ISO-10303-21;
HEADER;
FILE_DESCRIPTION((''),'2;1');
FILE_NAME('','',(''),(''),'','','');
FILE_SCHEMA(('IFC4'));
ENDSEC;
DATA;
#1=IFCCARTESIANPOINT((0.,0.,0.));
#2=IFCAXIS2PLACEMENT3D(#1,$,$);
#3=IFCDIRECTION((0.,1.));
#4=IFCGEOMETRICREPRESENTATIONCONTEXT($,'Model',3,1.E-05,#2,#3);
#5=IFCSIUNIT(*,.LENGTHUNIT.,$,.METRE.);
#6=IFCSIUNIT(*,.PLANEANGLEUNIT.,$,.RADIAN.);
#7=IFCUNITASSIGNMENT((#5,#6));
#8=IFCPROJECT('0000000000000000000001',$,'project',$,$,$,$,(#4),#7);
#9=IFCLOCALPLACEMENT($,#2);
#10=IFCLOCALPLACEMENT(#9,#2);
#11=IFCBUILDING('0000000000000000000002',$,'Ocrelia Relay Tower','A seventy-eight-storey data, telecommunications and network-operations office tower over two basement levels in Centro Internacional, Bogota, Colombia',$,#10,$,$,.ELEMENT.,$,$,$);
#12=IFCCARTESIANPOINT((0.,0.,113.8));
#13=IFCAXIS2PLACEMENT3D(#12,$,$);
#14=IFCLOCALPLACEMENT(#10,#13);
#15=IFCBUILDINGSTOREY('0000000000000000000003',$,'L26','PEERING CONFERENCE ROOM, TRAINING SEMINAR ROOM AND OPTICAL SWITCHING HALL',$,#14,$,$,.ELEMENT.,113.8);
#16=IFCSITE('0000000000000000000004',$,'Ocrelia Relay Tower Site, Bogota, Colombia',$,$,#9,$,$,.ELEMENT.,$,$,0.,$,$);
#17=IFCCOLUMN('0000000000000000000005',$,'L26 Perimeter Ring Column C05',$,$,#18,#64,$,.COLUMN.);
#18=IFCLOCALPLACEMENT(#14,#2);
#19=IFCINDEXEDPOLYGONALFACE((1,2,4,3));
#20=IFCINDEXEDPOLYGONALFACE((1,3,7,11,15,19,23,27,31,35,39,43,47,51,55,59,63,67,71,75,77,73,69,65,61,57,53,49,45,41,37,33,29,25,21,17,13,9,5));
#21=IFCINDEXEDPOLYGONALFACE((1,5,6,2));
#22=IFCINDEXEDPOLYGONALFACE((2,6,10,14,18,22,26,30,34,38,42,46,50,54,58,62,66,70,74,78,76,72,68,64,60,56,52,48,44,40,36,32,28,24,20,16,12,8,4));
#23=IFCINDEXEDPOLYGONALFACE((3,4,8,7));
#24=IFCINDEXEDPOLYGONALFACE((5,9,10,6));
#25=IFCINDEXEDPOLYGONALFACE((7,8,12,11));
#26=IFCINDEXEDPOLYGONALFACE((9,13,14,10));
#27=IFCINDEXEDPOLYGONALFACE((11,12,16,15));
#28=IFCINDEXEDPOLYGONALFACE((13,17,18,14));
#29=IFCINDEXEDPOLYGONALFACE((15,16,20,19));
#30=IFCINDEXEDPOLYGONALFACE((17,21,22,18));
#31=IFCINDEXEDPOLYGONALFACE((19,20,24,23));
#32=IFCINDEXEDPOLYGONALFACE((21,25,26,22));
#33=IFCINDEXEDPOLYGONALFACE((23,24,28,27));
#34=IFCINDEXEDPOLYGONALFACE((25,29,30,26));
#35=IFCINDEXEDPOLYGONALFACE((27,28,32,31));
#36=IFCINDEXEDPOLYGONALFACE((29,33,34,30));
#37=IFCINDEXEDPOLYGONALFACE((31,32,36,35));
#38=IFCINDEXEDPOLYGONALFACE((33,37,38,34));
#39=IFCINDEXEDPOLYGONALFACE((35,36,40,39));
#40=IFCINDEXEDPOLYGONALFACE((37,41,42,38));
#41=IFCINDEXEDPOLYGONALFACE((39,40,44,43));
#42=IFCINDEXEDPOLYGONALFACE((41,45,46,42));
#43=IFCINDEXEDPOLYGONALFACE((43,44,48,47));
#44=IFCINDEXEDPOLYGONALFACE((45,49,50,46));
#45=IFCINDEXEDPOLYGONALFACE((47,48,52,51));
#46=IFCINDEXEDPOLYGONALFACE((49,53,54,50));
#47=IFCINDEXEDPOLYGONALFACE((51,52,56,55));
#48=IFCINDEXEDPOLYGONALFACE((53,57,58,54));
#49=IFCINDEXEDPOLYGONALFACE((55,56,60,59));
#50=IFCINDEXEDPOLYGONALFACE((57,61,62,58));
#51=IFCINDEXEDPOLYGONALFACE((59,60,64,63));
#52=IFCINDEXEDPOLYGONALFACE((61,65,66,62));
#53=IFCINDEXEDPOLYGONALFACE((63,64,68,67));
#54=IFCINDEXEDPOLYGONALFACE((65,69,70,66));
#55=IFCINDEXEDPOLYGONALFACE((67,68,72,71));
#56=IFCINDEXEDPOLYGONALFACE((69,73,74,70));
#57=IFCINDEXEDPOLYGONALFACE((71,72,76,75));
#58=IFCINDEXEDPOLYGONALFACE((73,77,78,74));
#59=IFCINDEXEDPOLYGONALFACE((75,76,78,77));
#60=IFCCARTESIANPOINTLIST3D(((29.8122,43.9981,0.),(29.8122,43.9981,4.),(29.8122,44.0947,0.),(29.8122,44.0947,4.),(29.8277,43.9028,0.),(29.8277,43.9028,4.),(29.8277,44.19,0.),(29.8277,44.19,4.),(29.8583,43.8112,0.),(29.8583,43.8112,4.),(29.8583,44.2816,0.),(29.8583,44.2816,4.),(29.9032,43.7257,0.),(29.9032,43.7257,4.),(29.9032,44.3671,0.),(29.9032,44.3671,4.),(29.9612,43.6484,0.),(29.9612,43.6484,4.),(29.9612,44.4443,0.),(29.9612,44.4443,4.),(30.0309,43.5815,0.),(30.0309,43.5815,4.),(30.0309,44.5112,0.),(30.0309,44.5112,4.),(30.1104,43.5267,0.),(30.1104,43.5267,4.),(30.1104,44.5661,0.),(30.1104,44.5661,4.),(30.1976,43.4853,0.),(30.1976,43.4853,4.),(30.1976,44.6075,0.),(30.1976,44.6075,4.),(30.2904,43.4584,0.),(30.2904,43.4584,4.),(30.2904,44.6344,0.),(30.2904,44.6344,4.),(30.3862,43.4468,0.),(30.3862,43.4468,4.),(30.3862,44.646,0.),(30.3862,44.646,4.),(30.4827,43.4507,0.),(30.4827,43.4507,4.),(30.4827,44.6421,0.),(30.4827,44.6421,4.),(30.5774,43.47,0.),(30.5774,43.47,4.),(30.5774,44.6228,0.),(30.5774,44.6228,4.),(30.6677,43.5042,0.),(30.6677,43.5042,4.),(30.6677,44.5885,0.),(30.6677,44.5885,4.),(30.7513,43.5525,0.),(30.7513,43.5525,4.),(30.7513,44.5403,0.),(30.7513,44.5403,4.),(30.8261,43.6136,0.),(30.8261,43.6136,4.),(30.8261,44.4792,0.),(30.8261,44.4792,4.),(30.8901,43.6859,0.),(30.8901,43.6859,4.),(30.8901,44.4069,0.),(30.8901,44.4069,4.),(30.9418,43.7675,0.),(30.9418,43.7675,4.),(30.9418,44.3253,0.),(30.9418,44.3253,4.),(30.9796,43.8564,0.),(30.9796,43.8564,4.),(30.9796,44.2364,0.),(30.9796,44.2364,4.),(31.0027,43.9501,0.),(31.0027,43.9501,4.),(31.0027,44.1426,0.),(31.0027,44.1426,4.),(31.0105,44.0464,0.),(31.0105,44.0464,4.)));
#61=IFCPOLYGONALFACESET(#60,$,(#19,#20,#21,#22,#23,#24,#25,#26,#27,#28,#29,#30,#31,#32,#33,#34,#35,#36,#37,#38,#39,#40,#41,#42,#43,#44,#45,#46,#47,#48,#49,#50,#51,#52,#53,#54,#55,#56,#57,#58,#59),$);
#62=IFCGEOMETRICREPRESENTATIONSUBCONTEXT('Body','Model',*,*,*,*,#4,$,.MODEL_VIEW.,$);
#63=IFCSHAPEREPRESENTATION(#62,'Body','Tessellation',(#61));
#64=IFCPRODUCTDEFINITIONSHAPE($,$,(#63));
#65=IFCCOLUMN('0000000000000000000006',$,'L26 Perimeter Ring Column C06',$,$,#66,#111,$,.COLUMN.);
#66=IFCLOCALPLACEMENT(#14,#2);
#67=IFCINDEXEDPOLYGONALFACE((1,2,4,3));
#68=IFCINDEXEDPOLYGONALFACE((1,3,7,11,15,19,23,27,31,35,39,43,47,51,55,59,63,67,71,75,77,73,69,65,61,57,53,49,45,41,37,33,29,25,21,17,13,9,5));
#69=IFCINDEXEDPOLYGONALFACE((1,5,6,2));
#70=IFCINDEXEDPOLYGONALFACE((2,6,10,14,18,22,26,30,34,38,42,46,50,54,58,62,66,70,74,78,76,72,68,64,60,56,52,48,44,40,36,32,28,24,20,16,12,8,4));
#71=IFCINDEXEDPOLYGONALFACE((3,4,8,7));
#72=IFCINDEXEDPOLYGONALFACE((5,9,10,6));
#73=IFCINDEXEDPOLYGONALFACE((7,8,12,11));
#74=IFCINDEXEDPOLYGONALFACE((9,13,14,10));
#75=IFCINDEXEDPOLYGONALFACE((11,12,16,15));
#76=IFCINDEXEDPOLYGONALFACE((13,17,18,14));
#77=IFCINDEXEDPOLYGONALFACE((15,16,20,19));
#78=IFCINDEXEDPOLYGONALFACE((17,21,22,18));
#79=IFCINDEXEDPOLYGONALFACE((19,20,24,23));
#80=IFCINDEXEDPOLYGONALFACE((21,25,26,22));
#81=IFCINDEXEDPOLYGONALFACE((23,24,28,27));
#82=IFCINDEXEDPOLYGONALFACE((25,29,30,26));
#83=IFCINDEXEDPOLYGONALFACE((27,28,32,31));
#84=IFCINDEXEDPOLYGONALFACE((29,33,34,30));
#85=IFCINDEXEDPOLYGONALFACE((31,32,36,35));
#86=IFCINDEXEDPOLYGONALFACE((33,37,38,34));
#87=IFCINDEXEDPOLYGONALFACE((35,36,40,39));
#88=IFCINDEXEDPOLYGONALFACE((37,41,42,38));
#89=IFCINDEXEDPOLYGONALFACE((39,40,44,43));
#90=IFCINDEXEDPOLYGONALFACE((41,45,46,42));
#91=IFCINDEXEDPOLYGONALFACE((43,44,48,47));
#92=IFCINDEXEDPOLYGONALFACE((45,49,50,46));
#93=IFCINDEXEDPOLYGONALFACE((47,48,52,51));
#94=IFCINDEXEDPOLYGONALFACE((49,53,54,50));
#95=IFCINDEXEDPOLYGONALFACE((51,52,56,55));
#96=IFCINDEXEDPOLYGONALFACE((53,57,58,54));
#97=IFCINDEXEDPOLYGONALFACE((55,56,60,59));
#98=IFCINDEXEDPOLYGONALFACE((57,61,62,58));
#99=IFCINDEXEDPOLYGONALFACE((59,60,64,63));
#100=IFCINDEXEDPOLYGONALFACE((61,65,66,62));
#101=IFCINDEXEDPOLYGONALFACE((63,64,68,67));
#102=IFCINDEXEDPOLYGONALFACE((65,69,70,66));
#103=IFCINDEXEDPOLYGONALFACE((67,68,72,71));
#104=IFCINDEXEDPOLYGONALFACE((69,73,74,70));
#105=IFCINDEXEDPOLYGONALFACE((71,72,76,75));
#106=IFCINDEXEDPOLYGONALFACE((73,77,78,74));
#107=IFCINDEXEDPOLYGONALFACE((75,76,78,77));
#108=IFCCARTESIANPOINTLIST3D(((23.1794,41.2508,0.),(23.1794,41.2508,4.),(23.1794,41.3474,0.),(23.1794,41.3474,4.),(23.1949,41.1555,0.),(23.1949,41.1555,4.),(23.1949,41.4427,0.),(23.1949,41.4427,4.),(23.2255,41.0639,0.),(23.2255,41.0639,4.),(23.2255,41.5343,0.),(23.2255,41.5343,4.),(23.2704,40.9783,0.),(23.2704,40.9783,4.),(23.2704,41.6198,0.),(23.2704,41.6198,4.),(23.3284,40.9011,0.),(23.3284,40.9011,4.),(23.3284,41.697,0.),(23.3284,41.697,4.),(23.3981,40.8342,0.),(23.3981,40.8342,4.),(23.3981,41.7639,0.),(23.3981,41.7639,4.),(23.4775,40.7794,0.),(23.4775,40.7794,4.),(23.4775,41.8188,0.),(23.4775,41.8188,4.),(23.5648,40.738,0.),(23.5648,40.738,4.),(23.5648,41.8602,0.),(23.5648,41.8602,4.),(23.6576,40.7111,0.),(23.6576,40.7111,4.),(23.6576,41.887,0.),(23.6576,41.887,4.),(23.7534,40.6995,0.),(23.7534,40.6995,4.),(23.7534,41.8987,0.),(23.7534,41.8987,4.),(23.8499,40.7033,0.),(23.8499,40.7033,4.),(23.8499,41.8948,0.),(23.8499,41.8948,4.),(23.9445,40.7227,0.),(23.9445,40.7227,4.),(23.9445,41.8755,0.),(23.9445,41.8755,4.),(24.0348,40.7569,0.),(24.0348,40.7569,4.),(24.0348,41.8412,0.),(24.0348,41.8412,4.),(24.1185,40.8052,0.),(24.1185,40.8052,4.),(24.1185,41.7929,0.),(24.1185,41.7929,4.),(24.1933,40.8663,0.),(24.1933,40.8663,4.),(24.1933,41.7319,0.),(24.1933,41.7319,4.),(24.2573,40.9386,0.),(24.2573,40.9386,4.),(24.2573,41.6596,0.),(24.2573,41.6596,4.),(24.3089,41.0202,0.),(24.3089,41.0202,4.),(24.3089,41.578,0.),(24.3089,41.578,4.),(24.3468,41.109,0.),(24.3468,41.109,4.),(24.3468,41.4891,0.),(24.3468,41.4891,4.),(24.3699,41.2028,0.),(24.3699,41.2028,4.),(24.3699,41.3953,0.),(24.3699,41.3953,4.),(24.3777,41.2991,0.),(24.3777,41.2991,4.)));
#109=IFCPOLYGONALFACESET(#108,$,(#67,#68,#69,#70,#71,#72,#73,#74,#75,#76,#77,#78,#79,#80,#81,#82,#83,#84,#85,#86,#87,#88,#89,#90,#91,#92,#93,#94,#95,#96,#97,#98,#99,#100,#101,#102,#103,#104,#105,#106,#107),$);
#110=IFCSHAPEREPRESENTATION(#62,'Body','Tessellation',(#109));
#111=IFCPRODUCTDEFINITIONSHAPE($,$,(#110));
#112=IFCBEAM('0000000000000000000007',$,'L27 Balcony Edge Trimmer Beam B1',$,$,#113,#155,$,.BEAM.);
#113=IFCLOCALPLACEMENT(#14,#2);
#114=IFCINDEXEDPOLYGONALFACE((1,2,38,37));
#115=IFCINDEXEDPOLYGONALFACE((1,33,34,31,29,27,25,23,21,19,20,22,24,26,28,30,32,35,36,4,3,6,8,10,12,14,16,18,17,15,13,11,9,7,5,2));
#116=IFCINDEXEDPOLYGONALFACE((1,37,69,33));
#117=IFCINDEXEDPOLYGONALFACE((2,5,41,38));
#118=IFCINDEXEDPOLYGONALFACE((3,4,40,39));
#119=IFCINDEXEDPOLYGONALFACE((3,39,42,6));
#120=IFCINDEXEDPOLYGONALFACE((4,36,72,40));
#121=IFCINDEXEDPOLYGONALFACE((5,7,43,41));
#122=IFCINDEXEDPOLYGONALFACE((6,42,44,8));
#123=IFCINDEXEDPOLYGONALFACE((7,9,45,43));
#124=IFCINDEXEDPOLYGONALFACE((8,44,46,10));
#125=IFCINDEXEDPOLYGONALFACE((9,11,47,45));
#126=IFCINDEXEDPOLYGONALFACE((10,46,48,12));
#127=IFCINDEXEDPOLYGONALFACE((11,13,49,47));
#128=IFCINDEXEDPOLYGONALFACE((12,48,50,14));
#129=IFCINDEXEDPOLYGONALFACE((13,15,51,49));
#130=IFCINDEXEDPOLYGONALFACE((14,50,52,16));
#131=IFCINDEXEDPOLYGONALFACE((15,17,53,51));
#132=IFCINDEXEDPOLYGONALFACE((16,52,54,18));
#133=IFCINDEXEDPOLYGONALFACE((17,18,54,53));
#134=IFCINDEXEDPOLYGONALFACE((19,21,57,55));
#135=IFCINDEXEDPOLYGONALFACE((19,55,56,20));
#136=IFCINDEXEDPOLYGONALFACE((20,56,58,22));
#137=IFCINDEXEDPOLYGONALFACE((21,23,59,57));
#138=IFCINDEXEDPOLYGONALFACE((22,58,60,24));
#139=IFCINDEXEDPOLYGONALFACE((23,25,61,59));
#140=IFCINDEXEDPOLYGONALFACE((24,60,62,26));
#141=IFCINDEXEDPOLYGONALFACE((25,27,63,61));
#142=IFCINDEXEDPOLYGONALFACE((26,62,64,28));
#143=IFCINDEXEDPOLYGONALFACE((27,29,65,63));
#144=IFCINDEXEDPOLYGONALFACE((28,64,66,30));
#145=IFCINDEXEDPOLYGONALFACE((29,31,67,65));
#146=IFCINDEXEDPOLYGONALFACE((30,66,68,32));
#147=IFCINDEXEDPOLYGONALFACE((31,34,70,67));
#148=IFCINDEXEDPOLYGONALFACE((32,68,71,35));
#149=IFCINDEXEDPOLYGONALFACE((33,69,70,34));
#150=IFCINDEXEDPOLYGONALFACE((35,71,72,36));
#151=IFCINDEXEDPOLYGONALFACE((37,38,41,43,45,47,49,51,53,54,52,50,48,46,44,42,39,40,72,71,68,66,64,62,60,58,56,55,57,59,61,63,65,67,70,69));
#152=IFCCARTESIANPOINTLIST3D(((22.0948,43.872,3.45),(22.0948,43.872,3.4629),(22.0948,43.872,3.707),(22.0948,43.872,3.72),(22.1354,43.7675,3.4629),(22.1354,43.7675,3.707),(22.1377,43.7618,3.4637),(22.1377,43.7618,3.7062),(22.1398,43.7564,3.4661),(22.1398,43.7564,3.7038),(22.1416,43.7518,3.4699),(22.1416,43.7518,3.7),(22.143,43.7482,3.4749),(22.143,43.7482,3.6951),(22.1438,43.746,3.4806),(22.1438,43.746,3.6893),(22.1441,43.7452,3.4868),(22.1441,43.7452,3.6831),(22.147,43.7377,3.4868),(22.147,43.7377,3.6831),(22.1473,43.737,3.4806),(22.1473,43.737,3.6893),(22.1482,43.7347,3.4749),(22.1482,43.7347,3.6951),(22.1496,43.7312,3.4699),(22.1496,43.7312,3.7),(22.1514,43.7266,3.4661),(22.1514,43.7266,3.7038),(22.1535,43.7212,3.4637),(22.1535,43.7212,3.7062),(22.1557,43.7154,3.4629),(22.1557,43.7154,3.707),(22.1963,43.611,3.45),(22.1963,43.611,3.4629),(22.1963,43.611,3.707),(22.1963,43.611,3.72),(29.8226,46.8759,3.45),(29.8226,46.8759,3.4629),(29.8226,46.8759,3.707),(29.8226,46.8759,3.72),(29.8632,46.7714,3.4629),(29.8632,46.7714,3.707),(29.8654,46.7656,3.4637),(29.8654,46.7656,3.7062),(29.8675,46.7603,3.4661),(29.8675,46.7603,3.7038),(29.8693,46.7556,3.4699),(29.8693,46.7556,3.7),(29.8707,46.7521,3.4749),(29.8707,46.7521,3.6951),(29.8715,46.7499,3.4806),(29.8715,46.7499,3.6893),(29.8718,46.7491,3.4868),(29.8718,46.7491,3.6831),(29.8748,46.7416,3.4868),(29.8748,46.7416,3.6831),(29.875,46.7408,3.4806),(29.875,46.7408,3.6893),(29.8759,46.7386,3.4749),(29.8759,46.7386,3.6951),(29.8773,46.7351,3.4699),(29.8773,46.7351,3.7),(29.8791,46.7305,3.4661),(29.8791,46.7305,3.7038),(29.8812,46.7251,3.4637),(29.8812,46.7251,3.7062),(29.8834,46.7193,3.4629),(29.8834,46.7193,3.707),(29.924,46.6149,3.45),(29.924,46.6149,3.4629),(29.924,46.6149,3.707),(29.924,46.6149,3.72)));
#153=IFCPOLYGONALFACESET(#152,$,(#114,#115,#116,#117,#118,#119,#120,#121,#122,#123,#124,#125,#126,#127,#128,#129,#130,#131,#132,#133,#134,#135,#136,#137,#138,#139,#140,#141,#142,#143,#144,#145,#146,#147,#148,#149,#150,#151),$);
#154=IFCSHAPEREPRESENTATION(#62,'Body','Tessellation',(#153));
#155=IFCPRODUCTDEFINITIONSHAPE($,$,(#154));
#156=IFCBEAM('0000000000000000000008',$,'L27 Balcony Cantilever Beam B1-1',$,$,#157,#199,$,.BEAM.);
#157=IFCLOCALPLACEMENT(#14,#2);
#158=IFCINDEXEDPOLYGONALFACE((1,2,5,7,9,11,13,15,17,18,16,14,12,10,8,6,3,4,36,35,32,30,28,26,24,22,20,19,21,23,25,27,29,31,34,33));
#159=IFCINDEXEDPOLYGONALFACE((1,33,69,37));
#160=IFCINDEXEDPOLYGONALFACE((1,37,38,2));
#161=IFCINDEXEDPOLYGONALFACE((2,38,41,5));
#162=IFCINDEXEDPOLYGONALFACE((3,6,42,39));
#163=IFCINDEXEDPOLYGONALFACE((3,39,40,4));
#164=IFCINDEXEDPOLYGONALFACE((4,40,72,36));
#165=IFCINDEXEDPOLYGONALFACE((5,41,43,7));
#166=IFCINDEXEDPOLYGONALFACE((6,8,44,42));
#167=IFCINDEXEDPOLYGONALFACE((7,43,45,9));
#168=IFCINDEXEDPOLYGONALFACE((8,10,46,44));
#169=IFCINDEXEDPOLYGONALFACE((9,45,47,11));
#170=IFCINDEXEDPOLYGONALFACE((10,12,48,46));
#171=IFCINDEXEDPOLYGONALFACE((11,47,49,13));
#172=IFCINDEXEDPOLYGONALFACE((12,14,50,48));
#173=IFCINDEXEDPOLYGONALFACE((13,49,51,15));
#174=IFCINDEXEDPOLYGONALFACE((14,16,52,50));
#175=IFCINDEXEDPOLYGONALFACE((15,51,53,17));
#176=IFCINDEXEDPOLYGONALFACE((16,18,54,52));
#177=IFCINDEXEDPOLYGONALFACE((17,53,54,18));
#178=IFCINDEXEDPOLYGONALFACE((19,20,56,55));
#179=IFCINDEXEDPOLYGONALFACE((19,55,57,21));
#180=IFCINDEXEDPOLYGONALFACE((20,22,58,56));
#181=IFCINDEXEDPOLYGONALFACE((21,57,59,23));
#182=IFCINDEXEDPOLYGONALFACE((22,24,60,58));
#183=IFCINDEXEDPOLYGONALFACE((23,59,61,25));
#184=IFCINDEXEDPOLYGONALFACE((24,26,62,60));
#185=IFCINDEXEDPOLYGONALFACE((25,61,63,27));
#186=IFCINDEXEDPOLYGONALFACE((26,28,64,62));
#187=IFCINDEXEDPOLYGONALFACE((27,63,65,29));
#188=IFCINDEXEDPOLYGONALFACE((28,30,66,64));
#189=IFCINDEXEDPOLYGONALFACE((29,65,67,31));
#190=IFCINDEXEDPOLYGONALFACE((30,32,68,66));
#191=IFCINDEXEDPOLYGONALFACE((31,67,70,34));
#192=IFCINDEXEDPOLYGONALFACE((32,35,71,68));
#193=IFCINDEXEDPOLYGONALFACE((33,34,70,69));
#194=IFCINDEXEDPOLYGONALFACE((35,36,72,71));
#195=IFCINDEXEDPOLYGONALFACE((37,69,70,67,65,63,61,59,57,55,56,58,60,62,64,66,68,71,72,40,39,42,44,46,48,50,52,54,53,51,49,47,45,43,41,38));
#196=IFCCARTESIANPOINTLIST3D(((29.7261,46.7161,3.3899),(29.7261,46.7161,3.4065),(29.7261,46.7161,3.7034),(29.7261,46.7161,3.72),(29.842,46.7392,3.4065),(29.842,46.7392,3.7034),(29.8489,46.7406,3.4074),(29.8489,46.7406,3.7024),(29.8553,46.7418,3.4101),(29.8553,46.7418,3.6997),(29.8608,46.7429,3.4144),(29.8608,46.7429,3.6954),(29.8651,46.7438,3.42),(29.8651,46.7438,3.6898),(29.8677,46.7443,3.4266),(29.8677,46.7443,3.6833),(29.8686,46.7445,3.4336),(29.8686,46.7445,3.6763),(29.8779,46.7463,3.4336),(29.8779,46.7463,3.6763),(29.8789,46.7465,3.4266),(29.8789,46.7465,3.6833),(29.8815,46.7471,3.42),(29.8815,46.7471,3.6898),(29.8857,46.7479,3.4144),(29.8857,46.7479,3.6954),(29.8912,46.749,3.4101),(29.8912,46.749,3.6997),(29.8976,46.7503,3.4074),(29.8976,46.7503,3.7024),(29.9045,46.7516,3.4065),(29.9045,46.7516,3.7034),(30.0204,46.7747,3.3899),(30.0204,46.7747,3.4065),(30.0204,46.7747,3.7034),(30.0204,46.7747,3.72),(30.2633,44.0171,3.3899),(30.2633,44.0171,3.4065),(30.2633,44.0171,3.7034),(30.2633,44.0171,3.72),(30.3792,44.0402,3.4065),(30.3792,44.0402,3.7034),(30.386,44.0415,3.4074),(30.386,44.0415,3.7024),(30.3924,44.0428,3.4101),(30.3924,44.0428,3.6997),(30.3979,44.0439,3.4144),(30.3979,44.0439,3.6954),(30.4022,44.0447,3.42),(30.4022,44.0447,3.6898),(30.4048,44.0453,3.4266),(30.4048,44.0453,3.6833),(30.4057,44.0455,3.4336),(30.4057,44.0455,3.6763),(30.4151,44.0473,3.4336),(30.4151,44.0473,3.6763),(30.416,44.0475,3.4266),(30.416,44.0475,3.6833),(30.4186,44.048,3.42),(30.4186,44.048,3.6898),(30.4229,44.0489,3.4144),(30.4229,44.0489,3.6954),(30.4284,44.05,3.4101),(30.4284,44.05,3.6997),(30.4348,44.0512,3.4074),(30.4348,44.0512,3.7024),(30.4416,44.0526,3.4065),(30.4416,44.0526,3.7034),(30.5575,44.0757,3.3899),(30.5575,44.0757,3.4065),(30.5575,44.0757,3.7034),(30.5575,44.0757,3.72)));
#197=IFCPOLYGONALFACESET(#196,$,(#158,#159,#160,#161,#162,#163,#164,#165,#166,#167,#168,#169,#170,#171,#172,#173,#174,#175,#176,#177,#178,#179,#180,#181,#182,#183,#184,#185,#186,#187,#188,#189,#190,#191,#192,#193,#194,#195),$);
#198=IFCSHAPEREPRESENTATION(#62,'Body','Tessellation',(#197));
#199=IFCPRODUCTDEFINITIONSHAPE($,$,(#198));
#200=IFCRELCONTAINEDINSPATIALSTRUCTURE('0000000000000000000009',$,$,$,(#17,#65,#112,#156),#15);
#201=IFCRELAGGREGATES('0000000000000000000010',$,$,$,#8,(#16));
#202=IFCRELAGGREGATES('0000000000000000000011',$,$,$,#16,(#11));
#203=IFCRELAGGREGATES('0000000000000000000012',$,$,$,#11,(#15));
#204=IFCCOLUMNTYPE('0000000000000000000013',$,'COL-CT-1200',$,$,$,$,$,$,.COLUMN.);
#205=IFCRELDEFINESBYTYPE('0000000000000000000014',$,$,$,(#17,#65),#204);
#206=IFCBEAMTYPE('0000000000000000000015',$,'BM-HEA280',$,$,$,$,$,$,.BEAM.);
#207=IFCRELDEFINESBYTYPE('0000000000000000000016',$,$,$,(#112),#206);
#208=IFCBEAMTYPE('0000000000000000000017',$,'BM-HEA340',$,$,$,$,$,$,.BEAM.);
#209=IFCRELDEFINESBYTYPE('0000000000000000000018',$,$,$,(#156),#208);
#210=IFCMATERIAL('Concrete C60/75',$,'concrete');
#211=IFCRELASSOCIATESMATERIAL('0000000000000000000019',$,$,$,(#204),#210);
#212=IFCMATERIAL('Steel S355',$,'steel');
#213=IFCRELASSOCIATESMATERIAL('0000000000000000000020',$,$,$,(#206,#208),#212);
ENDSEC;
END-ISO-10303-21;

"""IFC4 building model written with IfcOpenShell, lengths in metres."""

from ifc_helpers import new_model, si_unit, direction, frame, origin, origin_2d, place, context, subcontext, project, spatial, circle, i_section, extrude, material, material_profile, profile_set, type_object, element, save


model = new_model("IFC4")

# Units and contexts
model_context = context("Model", 3, precision=1e-05, world=origin(), true_north=direction((0.0, 1.0)))
body_context = subcontext(model_context, "Body", "Model", "MODEL_VIEW")
ifc_project = project(units=[si_unit("LENGTHUNIT", "METRE"), si_unit("PLANEANGLEUNIT", "RADIAN")], contexts=[model_context])

# Site, building, storey
site_placement = place(None, origin())
site = spatial("IfcSite", under=ifc_project, at=site_placement, Name="Ocrelia Relay Tower Site, Bogota, Colombia", CompositionType="ELEMENT", RefElevation=0.0)
building_placement = place(site_placement, origin())
building = spatial("IfcBuilding", under=site, at=building_placement, Name="Ocrelia Relay Tower", Description="A seventy-eight-storey data, telecommunications and network-operations office tower over two basement levels in Centro Internacional, Bogota, Colombia", CompositionType="ELEMENT")
storey_placement = place(building_placement, frame((0.0, 0.0, 113.8)))
storey = spatial("IfcBuildingStorey", under=building, at=storey_placement, Name="L26", Description="PEERING CONFERENCE ROOM, TRAINING SEMINAR ROOM AND OPTICAL SWITCHING HALL", CompositionType="ELEMENT", Elevation=113.8)

# Columns
ifc_material_1 = material(Name="Concrete C60/75", Category="concrete")
ifc_material_profile_1 = material_profile(ifc_material_1, circle(Radius=0.6001, at=origin_2d()), Name="RC-CIR-1200")
ifc_profile_set_1 = profile_set([ifc_material_profile_1], Name="Concrete C60/75")
column_type = type_object("IfcColumnType", Name="COL-CT-1200", PredefinedType="COLUMN", material=ifc_profile_set_1)
for number, where, z_axis, x_axis, name in (
    (1, (30.4104, 44.0464, 0.0), (0.0, 0.0, 1.0), (1.0, 0.0, 0.0), "L26 Perimeter Ring Column C05"),
    (2, (23.7776, 41.2991, 0.0), (0.0, 0.0, 1.0), (1.0, 0.0, 0.0), "L26 Perimeter Ring Column C06"),
):
    element("IfcColumn", number, at=place(storey_placement, frame(where, z_axis=z_axis, x_axis=x_axis)), inside=storey, type_object=column_type, Name=name, PredefinedType="COLUMN", context=body_context, shape_type="SweptSolid", body=[
        extrude(circle(Radius=0.6001, at=origin_2d()), origin(), (0.0, 0.0, 1.0), 4.0),
    ])

# Beams
ifc_material_2 = material(Name="Steel S355", Category="steel")
ifc_material_profile_2 = material_profile(ifc_material_2, i_section(OverallWidth=0.28, OverallDepth=0.27, WebThickness=0.0081, FlangeThickness=0.0129, FilletRadius=0.0239, at=origin_2d()), Name="HEA 280")
ifc_profile_set_2 = profile_set([ifc_material_profile_2], Name="Steel S355")
beam_type_1 = type_object("IfcBeamType", Name="BM-HEA280", PredefinedType="BEAM", material=ifc_profile_set_2)
beam_1_placement = place(storey_placement, frame((29.8733, 46.7454, 3.585), z_axis=(-0.932059, -0.362306, 0.0), x_axis=(0.362306, -0.932059, 0.0)))
element("IfcBeam", 3, at=beam_1_placement, inside=storey, type_object=beam_type_1, Name="L27 Balcony Edge Trimmer Beam B1", PredefinedType="BEAM", context=body_context, shape_type="SweptSolid", body=[
    extrude(i_section(OverallWidth=0.28, OverallDepth=0.27, WebThickness=0.0081, FlangeThickness=0.0129, FilletRadius=0.0239, at=origin_2d()), origin(), (0.0, 0.0, 1.0), 8.291),
])
ifc_material_profile_3 = material_profile(ifc_material_2, i_section(OverallWidth=0.3, OverallDepth=0.3301, WebThickness=0.0095, FlangeThickness=0.0166, FilletRadius=0.0271, at=origin_2d()), Name="HEA 340")
ifc_profile_set_3 = profile_set([ifc_material_profile_3], Name="Steel S355")
beam_type_2 = type_object("IfcBeamType", Name="BM-HEA340", PredefinedType="BEAM", material=ifc_profile_set_3)
beam_2_placement = place(storey_placement, frame((30.4104, 44.0464, 3.5549), z_axis=(-0.195178, 0.980768, 0.0), x_axis=(-0.980768, -0.195178, 0.0)))
element("IfcBeam", 4, at=beam_2_placement, inside=storey, type_object=beam_type_2, Name="L27 Balcony Cantilever Beam B1-1", PredefinedType="BEAM", context=body_context, shape_type="SweptSolid", body=[
    extrude(i_section(OverallWidth=0.3, OverallDepth=0.3301, WebThickness=0.0095, FlangeThickness=0.0166, FilletRadius=0.0271, at=origin_2d()), origin(), (0.0, 0.0, 1.0), 2.752),
])

save(model, "model.ifc")
